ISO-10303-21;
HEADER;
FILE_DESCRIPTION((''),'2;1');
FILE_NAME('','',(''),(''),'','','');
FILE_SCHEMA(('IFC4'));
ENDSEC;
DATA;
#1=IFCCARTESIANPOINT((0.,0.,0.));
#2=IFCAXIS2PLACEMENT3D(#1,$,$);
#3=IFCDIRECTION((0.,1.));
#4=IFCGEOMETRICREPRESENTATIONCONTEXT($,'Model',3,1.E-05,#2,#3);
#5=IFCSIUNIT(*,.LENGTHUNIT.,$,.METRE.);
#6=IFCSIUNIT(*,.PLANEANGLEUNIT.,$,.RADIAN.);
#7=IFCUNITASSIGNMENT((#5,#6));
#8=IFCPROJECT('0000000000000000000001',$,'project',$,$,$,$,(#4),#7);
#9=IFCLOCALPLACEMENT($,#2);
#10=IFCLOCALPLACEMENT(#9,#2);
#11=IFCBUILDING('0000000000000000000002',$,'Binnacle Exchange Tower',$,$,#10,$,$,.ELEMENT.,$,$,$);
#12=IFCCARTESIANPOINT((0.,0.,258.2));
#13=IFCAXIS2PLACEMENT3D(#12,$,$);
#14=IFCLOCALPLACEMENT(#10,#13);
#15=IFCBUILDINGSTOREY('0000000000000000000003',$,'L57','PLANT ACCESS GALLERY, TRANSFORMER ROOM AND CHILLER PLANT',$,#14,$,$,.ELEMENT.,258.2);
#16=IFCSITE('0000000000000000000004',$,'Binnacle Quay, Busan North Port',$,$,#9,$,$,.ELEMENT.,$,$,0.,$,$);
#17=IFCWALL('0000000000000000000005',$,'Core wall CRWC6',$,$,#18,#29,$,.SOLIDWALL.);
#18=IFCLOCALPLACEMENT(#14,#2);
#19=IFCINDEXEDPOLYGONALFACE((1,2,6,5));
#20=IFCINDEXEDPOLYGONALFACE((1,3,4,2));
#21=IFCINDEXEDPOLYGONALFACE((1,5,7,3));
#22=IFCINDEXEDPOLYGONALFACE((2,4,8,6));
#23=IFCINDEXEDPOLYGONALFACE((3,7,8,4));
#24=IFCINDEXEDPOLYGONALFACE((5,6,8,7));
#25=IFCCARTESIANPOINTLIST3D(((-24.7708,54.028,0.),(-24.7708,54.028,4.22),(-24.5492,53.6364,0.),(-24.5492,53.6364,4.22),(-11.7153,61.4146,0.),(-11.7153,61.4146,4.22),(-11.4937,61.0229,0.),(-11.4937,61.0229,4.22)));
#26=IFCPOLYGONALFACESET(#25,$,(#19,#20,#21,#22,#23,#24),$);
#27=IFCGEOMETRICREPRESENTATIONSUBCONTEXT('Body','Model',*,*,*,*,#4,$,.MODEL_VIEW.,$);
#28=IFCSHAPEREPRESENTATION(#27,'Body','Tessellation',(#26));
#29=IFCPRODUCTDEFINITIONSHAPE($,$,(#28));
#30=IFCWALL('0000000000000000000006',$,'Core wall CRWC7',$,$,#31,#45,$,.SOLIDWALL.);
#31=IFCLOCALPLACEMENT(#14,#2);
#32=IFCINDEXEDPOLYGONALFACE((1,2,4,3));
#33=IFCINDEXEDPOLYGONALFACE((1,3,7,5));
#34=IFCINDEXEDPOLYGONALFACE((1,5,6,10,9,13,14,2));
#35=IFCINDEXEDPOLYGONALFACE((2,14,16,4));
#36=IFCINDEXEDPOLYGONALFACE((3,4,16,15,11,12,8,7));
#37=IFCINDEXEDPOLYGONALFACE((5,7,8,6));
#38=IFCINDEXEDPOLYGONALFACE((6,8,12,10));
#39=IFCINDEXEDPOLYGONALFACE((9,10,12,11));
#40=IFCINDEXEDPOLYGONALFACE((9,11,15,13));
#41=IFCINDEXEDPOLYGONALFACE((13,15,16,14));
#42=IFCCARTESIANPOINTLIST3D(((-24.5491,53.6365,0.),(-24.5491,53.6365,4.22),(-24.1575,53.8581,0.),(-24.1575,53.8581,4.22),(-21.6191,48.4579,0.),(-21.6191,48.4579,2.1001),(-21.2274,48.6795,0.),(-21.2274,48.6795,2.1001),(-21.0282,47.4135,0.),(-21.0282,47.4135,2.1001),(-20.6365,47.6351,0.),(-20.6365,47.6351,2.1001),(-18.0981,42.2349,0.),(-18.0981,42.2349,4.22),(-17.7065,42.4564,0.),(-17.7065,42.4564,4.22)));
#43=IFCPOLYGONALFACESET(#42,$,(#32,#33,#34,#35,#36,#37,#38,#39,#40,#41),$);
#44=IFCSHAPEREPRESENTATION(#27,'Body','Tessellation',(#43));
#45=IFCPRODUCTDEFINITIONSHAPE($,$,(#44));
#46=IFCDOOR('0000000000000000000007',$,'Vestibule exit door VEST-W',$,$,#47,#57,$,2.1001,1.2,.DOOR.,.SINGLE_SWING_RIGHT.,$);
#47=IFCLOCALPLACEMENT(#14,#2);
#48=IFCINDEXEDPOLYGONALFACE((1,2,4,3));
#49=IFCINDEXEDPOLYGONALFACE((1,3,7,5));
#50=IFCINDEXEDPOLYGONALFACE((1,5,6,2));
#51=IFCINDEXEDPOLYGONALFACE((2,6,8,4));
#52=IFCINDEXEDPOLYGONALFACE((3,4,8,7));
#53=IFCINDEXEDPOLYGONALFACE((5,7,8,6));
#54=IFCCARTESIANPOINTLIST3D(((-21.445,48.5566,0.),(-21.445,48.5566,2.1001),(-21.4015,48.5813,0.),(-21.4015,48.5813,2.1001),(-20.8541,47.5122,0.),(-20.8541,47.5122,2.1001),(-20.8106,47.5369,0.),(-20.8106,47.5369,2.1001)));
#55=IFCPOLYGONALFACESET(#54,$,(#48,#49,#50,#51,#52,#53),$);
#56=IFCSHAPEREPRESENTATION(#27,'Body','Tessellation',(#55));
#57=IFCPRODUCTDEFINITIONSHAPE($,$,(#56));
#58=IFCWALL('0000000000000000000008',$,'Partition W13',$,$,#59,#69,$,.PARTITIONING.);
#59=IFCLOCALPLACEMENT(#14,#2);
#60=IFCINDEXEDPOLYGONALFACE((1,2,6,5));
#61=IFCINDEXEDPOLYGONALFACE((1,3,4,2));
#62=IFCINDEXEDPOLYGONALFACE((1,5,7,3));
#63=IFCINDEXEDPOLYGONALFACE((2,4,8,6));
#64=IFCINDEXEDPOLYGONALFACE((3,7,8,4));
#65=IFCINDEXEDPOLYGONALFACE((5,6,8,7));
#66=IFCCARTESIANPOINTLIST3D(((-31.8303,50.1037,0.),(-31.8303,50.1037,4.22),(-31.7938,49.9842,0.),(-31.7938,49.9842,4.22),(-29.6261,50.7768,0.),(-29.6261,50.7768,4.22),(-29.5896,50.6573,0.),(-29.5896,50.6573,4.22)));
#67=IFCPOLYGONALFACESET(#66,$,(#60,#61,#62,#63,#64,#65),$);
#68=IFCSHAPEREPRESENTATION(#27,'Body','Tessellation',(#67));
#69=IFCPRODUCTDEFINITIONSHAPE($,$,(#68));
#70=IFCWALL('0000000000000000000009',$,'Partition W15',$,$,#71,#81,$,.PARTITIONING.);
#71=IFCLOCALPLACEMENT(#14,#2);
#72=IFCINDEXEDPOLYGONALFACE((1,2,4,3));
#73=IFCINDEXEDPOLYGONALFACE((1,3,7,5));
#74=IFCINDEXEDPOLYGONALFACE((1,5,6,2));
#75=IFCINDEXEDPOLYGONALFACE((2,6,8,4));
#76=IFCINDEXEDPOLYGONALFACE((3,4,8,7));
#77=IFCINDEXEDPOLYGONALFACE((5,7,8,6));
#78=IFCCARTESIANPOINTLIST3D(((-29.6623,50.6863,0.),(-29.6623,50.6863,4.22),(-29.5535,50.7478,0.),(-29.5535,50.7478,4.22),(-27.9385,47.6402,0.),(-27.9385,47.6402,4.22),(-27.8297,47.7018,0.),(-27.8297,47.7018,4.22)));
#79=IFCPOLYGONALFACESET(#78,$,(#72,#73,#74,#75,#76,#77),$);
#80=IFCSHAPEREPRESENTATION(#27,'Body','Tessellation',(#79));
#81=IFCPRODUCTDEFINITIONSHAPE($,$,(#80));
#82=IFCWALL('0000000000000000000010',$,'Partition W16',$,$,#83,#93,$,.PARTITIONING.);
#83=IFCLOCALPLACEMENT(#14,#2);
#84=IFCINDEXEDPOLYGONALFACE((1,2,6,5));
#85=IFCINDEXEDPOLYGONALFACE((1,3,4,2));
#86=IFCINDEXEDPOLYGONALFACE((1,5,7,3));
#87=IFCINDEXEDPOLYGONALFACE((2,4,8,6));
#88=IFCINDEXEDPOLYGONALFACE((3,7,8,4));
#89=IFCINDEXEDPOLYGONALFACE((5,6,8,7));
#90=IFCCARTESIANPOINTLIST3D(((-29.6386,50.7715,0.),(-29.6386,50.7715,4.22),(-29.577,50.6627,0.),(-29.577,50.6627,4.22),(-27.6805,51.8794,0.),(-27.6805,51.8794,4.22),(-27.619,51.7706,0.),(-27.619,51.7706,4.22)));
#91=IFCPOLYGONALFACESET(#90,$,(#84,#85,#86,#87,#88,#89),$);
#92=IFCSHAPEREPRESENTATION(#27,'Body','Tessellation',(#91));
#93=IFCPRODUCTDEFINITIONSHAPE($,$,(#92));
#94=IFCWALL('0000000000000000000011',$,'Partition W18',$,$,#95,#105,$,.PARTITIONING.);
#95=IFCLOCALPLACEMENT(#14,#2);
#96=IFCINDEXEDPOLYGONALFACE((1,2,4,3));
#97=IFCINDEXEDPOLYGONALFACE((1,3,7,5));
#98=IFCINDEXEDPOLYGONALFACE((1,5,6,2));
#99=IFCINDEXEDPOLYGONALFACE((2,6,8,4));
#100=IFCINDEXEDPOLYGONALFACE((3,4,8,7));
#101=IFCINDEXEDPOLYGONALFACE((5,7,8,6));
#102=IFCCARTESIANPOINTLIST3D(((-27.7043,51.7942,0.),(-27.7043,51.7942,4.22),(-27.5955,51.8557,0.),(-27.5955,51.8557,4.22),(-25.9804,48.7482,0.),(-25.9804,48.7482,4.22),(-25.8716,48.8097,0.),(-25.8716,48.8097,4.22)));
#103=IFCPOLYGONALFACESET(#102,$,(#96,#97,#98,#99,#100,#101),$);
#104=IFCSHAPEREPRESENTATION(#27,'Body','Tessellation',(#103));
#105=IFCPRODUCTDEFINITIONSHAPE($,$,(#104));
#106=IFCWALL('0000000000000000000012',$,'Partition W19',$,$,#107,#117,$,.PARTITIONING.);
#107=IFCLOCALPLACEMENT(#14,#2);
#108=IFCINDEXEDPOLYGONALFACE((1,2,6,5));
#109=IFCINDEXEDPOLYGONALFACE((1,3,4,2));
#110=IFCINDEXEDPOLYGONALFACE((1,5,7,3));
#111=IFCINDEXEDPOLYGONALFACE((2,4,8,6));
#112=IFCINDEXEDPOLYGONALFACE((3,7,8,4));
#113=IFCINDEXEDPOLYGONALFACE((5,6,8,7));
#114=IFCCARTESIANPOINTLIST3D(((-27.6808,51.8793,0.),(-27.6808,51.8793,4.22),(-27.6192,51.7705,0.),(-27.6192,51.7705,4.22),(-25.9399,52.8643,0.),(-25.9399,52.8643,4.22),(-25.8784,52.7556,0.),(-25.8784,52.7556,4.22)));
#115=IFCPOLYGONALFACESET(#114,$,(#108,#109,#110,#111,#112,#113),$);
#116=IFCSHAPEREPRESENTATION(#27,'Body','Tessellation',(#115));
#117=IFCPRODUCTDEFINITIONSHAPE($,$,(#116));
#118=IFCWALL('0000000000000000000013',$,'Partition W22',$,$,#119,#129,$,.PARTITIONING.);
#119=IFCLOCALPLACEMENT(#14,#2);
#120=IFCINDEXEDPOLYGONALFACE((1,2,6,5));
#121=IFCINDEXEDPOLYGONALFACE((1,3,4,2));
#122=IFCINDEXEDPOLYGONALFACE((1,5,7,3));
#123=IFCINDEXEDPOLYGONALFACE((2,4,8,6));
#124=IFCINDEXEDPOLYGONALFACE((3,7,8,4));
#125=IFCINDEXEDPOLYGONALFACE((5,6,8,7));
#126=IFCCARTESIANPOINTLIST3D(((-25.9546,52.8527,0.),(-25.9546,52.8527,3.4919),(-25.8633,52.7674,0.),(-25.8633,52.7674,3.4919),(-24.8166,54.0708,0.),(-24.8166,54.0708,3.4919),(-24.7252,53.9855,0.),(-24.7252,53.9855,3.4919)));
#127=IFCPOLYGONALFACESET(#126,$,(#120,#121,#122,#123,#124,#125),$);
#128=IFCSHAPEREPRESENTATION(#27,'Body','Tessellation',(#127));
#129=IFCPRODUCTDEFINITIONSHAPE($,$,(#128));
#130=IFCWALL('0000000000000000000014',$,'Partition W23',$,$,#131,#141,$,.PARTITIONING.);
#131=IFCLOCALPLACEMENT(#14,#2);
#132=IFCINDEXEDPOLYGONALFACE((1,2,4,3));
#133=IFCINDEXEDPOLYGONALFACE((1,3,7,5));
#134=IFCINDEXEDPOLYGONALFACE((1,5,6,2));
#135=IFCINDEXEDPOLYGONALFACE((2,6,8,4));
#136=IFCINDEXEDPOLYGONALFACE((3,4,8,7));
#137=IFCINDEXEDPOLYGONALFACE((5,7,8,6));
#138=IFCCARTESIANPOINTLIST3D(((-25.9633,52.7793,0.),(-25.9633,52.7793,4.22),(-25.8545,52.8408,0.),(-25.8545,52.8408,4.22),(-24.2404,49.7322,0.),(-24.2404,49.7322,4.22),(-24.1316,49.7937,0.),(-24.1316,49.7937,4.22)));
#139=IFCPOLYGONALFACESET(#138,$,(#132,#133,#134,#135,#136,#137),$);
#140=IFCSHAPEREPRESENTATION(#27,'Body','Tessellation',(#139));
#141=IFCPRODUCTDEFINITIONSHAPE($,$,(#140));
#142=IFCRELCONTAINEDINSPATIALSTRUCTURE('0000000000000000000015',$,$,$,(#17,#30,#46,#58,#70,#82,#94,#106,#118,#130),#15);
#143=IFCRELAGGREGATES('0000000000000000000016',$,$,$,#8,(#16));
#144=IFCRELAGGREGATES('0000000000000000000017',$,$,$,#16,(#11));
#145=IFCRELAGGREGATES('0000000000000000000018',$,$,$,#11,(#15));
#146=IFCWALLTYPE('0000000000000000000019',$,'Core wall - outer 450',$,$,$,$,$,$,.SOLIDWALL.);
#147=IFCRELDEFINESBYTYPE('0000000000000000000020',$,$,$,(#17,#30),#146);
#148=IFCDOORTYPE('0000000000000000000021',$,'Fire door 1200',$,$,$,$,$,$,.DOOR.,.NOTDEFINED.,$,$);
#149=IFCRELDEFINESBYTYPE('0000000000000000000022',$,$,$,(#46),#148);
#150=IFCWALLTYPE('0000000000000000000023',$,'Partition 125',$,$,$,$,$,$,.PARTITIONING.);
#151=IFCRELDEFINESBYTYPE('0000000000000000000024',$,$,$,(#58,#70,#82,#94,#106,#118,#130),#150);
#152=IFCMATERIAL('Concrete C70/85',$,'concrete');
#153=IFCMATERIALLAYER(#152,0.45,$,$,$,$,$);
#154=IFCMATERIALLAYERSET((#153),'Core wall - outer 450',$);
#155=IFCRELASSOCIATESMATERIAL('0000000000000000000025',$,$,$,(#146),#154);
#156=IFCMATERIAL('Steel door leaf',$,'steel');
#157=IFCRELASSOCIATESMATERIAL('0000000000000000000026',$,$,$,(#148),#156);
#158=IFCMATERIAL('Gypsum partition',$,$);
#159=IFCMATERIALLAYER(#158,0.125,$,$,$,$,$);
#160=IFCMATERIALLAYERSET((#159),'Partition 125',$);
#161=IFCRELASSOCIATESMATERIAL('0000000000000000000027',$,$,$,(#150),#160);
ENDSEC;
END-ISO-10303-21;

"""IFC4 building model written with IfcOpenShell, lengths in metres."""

from ifc_helpers import new_model, si_unit, direction, frame, frame_2d, origin, place, context, subcontext, project, spatial, rectangle, extrude, material, layer, layer_set, type_object, element, fill, save


model = new_model("IFC4")

# Units and contexts
model_context = context("Model", 3, precision=1e-05, world=origin(), true_north=direction((0.0, 1.0)))
body_context = subcontext(model_context, "Body", "Model", "MODEL_VIEW")
ifc_project = project(units=[si_unit("LENGTHUNIT", "METRE"), si_unit("PLANEANGLEUNIT", "RADIAN")], contexts=[model_context])

# Site, building, storey
site_placement = place(None, origin())
site = spatial("IfcSite", under=ifc_project, at=site_placement, Name="Binnacle Quay, Busan North Port", CompositionType="ELEMENT", RefElevation=0.0)
building_placement = place(site_placement, origin())
building = spatial("IfcBuilding", under=site, at=building_placement, Name="Binnacle Exchange Tower", CompositionType="ELEMENT")
storey_placement = place(building_placement, frame((0.0, 0.0, 258.2)))
storey = spatial("IfcBuildingStorey", under=building, at=storey_placement, Name="L57", Description="PLANT ACCESS GALLERY, TRANSFORMER ROOM AND CHILLER PLANT", CompositionType="ELEMENT", Elevation=258.2)

# Shared definitions
ifc_material_1 = material(Name="Concrete C70/85", Category="concrete")
ifc_layer_1 = layer(ifc_material_1, 0.45)
ifc_layer_set_1 = layer_set([ifc_layer_1], Name="Core wall - outer 450")
wall_type_1 = type_object("IfcWallType", Name="Core wall - outer 450", PredefinedType="SOLIDWALL", material=ifc_layer_set_1)
ifc_material_2 = material(Name="Steel door leaf", Category="steel")
door_type = type_object("IfcDoorType", Name="Fire door 1200", OperationType="NOTDEFINED", PredefinedType="DOOR", material=ifc_material_2)

# Wall
wall_1_placement = place(storey_placement, frame((-24.6599, 53.8323, 0.0), z_axis=(0.0, 0.0, 1.0), x_axis=(0.870354, 0.492427, 0.0)))
element("IfcWall", 1, at=wall_1_placement, inside=storey, type_object=wall_type_1, Name="Core wall CRWC6", PredefinedType="SOLIDWALL", context=body_context, shape_type="SweptSolid", body=[
    extrude(rectangle(XDim=15.0002, YDim=0.45, at=frame_2d((7.5, 0.0))), origin(), (0.0, 0.0, 1.0), 4.22),
])

# Wall, opening, door
wall_2_placement = place(storey_placement, frame((-24.3533, 53.7473, 0.0), z_axis=(0.0, 0.0, 1.0), x_axis=(0.492435, -0.870349, 0.0)))
wall_2 = element("IfcWall", 2, at=wall_2_placement, inside=storey, type_object=wall_type_1, Name="Core wall CRWC7", PredefinedType="SOLIDWALL", context=body_context, shape_type="SweptSolid", body=[
    extrude(rectangle(XDim=13.1001, YDim=0.45, at=frame_2d((6.55, 0.0))), origin(), (0.0, 0.0, 1.0), 4.22),
])
opening_1_placement = place(wall_2_placement, frame((5.95, 0.0, 0.0)))
opening_1 = element("IfcOpeningElement", 3, at=opening_1_placement, cuts=wall_2, PredefinedType="OPENING", context=body_context, shape_type="SweptSolid", body=[
    extrude(rectangle(XDim=1.2, YDim=2.1001, at=frame_2d((0.6001, 1.05))), frame((0.0, 0.2349, 0.0), z_axis=(0.0, -1.0, 0.0), x_axis=(1.0, 0.0, 0.0)), (0.0, 0.0, 1.0), 0.47),
])
door_1_placement = place(opening_1_placement, frame((1.2, 0.0, 0.0), z_axis=(0.0, 0.0, 1.0), x_axis=(-1.0, 0.0, 0.0)))
door_1 = element("IfcDoor", 4, at=door_1_placement, inside=storey, type_object=door_type, Name="Vestibule exit door VEST-W", OperationType="SINGLE_SWING_RIGHT", OverallHeight=2.1001, OverallWidth=1.2, PredefinedType="DOOR", context=body_context, shape_type="SweptSolid", body=[
    extrude(rectangle(XDim=1.2, YDim=2.1001, at=frame_2d((0.6001, 1.05))), frame((0.0, 0.0249, 0.0), z_axis=(0.0, -1.0, 0.0), x_axis=(1.0, 0.0, 0.0)), (0.0, 0.0, 1.0), 0.05),
])
fill(opening_1, door_1)

# Walls
ifc_material_3 = material(Name="Gypsum partition")
ifc_layer_2 = layer(ifc_material_3, 0.125)
ifc_layer_set_2 = layer_set([ifc_layer_2], Name="Partition 125")
wall_type_2 = type_object("IfcWallType", Name="Partition 125", PredefinedType="PARTITIONING", material=ifc_layer_set_2)
wall_3_placement = place(storey_placement, frame((-31.812, 50.0439, 0.0), z_axis=(0.0, 0.0, 1.0), x_axis=(0.956398, 0.292068, 0.0)))
element("IfcWall", 5, at=wall_3_placement, inside=storey, type_object=wall_type_2, Name="Partition W13", PredefinedType="PARTITIONING", context=body_context, shape_type="SweptSolid", body=[
    extrude(rectangle(XDim=2.3047, YDim=0.125, at=frame_2d((1.1523, 0.0))), origin(), (0.0, 0.0, 1.0), 4.22),
])
wall_4_placement = place(storey_placement, frame((-29.6079, 50.717, 0.0), z_axis=(0.0, 0.0, 1.0), x_axis=(0.492521, -0.8703, 0.0)))
element("IfcWall", 6, at=wall_4_placement, inside=storey, type_object=wall_type_2, Name="Partition W15", PredefinedType="PARTITIONING", context=body_context, shape_type="SweptSolid", body=[
    extrude(rectangle(XDim=3.5, YDim=0.125, at=frame_2d((1.75, 0.0))), origin(), (0.0, 0.0, 1.0), 4.22),
])
wall_5_placement = place(storey_placement, frame((-29.6079, 50.717, 0.0), z_axis=(0.0, 0.0, 1.0), x_axis=(0.870332, 0.492465, 0.0)))
element("IfcWall", 7, at=wall_5_placement, inside=storey, type_object=wall_type_2, Name="Partition W16", PredefinedType="PARTITIONING", context=body_context, shape_type="SweptSolid", body=[
    extrude(rectangle(XDim=2.2498, YDim=0.125, at=frame_2d((1.125, 0.0))), origin(), (0.0, 0.0, 1.0), 4.22),
])
wall_6_placement = place(storey_placement, frame((-27.6499, 51.825, 0.0), z_axis=(0.0, 0.0, 1.0), x_axis=(0.492551, -0.870283, 0.0)))
element("IfcWall", 8, at=wall_6_placement, inside=storey, type_object=wall_type_2, Name="Partition W18", PredefinedType="PARTITIONING", context=body_context, shape_type="SweptSolid", body=[
    extrude(rectangle(XDim=3.5, YDim=0.125, at=frame_2d((1.75, 0.0))), origin(), (0.0, 0.0, 1.0), 4.22),
])
wall_7_placement = place(storey_placement, frame((-27.6499, 51.825, 0.0), z_axis=(0.0, 0.0, 1.0), x_axis=(0.870331, 0.492467, 0.0)))
element("IfcWall", 9, at=wall_7_placement, inside=storey, type_object=wall_type_2, Name="Partition W19", PredefinedType="PARTITIONING", context=body_context, shape_type="SweptSolid", body=[
    extrude(rectangle(XDim=2.0002, YDim=0.125, at=frame_2d((1.0, 0.0))), origin(), (0.0, 0.0, 1.0), 4.22),
])
wall_8_placement = place(storey_placement, frame((-25.9089, 52.8101, 0.0), z_axis=(0.0, 0.0, 1.0), x_axis=(0.682678, 0.730719, 0.0)))
element("IfcWall", 10, at=wall_8_placement, inside=storey, type_object=wall_type_2, Name="Partition W22", PredefinedType="PARTITIONING", context=body_context, shape_type="SweptSolid", body=[
    extrude(rectangle(XDim=1.667, YDim=0.125, at=frame_2d((0.8335, 0.0))), origin(), (0.0, 0.0, 1.0), 3.4919),
])
wall_9_placement = place(storey_placement, frame((-25.9089, 52.8101, 0.0), z_axis=(0.0, 0.0, 1.0), x_axis=(0.492191, -0.870487, 0.0)))
element("IfcWall", 11, at=wall_9_placement, inside=storey, type_object=wall_type_2, Name="Partition W23", PredefinedType="PARTITIONING", context=body_context, shape_type="SweptSolid", body=[
    extrude(rectangle(XDim=3.5005, YDim=0.125, at=frame_2d((1.7502, 0.0))), origin(), (0.0, 0.0, 1.0), 4.22),
])

save(model, "model.ifc")
